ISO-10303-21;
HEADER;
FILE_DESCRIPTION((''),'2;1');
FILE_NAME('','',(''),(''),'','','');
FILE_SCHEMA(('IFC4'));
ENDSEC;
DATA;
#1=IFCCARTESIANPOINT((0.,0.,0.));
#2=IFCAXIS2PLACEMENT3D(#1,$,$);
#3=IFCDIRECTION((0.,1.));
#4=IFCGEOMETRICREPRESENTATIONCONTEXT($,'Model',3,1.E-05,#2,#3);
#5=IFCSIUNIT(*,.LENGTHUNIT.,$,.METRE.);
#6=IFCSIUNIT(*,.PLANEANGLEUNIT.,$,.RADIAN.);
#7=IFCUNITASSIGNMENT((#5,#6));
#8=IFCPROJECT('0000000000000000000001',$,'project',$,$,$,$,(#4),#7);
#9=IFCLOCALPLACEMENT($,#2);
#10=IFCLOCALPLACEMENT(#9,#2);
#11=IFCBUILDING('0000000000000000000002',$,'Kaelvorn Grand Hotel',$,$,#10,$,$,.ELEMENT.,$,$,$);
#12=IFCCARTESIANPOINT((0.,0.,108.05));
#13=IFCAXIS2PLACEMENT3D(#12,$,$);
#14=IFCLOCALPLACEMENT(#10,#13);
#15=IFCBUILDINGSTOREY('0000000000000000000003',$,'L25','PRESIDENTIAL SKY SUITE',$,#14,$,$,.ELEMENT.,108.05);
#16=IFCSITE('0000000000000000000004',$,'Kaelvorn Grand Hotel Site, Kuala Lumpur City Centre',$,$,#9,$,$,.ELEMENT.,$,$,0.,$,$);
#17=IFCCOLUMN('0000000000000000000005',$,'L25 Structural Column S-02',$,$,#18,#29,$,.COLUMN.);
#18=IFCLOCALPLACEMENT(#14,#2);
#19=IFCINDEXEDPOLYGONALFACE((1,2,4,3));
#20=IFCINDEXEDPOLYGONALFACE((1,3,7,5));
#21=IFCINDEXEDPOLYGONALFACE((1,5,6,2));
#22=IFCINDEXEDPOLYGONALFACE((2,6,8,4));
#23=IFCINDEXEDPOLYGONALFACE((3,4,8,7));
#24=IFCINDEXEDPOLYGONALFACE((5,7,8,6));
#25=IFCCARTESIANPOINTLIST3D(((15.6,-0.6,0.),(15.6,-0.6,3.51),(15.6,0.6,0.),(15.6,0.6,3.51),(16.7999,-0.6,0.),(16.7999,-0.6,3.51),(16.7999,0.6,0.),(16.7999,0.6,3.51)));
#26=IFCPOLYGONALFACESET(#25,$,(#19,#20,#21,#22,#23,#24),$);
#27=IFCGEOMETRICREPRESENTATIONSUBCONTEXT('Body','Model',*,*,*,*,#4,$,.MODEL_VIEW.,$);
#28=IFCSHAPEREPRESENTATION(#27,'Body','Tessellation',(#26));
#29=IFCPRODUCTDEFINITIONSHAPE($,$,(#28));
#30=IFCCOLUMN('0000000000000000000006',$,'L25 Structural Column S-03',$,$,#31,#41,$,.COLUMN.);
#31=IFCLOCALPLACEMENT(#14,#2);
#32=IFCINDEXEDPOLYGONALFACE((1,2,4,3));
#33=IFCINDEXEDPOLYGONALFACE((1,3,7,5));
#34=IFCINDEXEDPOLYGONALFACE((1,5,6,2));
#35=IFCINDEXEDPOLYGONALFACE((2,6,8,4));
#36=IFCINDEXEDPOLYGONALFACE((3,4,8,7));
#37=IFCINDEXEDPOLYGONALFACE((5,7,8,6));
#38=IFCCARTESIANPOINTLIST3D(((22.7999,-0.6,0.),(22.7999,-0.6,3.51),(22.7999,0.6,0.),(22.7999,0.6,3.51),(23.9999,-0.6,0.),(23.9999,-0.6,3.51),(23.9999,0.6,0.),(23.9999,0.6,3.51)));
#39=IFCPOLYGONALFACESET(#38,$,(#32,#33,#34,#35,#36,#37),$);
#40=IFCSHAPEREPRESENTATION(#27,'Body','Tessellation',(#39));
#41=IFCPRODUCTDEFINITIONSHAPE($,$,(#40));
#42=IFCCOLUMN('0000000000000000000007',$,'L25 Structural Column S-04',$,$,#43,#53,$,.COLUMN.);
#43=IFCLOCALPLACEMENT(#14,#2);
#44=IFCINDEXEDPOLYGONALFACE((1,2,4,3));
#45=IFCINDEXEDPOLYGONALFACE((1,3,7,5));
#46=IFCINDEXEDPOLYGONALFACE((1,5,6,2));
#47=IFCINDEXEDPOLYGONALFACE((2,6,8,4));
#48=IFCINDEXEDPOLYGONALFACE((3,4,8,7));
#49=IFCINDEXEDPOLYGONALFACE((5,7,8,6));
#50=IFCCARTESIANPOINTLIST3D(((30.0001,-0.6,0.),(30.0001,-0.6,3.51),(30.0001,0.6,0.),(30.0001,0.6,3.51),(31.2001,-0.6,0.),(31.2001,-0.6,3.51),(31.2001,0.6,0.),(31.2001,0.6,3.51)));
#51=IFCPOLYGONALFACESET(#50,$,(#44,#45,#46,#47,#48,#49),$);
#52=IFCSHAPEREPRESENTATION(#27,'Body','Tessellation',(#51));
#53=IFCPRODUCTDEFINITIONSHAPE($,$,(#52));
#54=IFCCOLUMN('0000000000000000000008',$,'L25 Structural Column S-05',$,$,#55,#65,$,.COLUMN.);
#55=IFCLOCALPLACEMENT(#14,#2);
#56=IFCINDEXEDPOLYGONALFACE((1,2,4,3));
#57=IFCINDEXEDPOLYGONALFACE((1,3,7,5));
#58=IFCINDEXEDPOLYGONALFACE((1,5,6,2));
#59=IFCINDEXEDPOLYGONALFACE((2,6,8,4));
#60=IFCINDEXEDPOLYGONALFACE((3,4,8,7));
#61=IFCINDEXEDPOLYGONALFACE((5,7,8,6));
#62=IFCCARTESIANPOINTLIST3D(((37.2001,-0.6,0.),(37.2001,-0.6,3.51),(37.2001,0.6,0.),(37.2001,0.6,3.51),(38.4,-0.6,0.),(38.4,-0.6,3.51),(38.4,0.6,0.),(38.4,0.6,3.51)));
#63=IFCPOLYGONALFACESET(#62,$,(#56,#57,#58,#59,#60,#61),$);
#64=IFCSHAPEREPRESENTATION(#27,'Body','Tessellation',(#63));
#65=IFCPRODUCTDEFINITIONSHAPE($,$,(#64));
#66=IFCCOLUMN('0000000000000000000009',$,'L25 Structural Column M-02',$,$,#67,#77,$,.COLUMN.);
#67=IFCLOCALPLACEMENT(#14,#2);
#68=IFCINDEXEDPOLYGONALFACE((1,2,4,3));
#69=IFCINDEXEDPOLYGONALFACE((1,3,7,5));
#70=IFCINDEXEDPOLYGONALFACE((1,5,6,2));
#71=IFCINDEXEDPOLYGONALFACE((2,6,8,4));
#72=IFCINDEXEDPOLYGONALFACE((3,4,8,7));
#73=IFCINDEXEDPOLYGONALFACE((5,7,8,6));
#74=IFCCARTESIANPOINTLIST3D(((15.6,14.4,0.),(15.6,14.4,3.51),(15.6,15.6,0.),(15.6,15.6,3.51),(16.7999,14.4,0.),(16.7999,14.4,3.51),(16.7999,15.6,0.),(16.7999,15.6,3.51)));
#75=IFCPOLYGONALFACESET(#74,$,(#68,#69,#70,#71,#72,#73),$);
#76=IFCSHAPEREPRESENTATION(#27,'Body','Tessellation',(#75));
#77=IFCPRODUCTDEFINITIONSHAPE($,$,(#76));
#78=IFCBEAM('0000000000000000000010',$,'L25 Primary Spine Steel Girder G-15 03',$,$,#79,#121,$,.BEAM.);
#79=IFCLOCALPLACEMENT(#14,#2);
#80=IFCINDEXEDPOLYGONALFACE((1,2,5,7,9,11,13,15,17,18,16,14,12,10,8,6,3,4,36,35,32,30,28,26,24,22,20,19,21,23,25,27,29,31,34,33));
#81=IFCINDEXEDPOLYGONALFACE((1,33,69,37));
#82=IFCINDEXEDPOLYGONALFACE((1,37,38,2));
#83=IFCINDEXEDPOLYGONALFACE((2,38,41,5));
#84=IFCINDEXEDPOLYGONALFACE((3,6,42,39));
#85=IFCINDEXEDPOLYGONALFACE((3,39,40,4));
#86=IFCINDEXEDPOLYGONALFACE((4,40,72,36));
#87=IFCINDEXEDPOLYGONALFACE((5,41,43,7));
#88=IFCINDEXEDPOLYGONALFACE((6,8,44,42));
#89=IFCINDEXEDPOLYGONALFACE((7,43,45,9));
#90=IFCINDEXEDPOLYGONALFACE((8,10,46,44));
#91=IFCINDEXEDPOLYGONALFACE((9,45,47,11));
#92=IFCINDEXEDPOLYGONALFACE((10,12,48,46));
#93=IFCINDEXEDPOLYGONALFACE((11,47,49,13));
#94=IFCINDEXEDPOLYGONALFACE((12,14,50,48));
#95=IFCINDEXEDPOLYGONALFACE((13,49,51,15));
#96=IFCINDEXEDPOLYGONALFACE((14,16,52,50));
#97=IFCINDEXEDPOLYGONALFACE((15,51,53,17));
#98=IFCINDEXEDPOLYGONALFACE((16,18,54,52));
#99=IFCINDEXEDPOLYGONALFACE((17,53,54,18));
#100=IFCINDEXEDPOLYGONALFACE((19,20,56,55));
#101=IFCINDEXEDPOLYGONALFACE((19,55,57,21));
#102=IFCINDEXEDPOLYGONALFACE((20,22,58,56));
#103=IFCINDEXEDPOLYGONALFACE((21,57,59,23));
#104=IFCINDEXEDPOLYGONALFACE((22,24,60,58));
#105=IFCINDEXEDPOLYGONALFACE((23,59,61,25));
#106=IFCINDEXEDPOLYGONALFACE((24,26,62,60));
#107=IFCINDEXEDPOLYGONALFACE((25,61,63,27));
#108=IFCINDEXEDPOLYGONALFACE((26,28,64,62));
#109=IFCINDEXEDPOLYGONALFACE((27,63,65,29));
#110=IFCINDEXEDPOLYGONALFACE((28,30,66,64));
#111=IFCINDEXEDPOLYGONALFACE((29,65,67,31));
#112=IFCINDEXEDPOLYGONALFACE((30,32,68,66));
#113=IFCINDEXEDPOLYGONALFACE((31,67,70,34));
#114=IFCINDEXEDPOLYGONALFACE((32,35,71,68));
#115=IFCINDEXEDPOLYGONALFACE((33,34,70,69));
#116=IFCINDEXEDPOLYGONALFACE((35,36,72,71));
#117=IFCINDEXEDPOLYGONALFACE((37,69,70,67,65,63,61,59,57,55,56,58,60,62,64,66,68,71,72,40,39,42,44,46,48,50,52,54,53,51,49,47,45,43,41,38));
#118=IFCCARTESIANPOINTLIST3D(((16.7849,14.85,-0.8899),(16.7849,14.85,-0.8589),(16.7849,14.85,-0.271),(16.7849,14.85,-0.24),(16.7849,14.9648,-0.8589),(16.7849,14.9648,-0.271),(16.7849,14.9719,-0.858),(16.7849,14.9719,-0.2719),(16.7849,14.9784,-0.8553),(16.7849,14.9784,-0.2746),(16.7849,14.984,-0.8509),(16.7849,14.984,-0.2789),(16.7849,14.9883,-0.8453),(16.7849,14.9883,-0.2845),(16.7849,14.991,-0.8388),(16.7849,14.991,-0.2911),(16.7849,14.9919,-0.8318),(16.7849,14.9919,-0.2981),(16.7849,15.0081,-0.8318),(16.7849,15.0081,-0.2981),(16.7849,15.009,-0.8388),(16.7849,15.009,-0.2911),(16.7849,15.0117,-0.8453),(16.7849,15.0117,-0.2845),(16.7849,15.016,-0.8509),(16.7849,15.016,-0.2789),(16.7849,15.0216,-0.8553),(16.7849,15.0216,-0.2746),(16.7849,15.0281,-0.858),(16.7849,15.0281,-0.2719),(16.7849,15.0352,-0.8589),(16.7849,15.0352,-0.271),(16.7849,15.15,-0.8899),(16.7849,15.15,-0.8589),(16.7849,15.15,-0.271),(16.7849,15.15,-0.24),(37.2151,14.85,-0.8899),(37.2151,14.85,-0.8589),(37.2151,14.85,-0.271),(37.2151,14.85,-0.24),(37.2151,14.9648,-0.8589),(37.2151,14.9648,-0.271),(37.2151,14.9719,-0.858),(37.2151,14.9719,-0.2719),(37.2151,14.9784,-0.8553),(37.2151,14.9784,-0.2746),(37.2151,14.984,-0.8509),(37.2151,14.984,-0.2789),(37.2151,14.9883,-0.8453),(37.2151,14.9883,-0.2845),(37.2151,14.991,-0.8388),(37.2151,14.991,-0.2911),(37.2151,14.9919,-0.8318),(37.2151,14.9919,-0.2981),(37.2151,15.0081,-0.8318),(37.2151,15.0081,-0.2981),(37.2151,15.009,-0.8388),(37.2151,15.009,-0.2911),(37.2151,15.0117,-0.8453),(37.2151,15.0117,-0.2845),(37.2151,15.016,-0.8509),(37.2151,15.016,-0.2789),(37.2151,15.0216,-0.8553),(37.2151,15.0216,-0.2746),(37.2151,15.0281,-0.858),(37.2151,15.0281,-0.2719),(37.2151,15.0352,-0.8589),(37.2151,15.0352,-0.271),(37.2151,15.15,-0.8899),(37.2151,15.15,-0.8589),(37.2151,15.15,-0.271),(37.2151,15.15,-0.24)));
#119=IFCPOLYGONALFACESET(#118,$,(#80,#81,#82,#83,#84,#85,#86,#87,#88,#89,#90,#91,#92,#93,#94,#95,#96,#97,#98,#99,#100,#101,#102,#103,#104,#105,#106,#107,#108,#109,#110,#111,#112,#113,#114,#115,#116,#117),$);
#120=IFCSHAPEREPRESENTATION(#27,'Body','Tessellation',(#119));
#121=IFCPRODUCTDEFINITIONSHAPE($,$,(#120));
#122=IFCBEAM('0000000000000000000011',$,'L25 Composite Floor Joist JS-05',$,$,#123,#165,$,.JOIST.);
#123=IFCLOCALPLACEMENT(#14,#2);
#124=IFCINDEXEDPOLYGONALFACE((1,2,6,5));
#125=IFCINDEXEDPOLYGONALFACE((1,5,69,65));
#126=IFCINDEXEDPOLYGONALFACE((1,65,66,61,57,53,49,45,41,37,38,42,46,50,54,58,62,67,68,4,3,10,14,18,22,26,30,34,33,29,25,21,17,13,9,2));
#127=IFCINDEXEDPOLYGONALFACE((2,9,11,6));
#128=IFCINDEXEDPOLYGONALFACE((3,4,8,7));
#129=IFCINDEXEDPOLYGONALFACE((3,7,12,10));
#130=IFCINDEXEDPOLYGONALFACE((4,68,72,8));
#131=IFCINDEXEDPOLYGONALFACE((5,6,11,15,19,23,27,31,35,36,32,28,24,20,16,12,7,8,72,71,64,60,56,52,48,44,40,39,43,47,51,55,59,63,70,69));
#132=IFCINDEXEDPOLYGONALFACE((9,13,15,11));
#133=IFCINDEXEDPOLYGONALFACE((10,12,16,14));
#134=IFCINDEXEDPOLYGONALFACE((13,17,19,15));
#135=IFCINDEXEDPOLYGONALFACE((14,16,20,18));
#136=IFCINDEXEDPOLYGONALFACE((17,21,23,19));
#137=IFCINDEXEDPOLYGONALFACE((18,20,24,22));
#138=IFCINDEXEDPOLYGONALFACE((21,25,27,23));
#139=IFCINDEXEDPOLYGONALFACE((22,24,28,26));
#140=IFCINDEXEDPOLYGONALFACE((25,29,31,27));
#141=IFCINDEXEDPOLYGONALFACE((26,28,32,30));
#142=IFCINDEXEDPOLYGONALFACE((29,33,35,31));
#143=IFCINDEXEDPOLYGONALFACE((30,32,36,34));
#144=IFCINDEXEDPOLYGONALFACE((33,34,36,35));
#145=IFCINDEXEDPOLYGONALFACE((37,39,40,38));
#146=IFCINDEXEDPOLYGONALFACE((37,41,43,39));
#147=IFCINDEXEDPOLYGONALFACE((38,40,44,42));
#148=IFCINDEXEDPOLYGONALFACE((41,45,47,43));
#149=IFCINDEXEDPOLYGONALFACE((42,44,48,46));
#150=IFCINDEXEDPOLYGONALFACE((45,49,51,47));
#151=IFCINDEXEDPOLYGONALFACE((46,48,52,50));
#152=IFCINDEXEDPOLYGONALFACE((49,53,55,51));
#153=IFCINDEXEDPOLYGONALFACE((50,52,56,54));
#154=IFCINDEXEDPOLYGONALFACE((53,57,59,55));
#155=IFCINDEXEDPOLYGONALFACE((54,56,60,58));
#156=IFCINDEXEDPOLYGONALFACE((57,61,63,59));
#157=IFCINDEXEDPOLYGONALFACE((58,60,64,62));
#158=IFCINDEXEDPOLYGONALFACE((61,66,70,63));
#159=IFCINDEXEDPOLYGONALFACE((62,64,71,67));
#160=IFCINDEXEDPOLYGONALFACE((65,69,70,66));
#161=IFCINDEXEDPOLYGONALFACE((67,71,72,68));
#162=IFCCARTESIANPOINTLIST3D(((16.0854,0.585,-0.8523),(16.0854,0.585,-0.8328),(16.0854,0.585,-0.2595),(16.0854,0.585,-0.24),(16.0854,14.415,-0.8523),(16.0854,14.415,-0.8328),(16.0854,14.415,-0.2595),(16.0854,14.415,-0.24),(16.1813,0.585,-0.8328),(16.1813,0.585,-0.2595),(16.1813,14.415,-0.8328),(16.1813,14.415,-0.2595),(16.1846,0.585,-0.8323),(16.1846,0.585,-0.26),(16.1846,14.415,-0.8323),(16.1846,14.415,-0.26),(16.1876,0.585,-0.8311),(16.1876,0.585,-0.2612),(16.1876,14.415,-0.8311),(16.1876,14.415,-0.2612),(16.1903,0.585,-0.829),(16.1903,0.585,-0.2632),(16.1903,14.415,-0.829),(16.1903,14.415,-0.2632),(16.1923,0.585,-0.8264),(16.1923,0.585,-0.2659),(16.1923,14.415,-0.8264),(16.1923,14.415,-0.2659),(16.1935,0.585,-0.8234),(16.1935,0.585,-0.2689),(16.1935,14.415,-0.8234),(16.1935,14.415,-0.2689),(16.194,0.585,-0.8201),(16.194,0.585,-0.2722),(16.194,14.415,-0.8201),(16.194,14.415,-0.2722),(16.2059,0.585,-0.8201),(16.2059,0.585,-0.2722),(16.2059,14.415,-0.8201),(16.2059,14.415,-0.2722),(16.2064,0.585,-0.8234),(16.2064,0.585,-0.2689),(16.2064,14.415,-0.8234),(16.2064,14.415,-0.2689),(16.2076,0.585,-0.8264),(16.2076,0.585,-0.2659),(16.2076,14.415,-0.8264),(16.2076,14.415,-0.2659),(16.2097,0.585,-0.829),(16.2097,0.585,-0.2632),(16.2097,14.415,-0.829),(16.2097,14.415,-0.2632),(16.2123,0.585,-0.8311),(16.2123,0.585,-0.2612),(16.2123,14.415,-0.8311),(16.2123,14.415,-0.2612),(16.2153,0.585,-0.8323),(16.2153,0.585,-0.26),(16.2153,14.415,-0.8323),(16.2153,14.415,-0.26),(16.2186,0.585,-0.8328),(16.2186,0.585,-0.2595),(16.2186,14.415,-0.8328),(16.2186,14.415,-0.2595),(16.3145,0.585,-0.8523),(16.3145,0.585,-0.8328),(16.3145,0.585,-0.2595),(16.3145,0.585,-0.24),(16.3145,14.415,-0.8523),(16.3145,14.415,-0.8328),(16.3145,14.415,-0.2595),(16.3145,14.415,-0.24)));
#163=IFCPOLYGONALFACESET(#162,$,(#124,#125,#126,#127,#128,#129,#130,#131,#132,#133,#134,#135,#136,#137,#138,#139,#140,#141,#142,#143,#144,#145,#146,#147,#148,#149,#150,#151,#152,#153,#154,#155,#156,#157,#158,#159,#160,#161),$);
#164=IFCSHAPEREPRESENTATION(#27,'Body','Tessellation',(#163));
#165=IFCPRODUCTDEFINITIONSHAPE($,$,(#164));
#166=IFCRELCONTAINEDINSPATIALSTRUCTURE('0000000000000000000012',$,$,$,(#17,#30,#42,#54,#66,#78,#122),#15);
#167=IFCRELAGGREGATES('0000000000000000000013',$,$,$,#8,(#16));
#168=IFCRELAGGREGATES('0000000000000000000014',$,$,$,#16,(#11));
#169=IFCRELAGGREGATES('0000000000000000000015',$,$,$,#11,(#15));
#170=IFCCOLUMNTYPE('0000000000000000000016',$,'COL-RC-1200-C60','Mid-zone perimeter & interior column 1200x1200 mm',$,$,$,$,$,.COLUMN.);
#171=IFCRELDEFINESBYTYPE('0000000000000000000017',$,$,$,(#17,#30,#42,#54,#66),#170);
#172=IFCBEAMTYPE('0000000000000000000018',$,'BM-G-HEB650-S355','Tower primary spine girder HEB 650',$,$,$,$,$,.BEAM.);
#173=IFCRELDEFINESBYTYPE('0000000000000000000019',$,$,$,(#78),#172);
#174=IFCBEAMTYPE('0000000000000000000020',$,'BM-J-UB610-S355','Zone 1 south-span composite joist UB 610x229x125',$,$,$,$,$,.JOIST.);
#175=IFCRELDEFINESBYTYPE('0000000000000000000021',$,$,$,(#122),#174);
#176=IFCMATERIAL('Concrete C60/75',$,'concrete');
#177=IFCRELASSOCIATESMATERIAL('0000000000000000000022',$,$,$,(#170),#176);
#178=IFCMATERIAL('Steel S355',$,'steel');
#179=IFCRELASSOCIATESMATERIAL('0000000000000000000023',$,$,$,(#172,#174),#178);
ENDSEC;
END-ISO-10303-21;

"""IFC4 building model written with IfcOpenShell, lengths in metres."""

from ifc_helpers import new_model, si_unit, direction, frame, origin, origin_2d, place, context, subcontext, project, spatial, rectangle, i_section, extrude, material, material_profile, profile_set, type_object, element, save


model = new_model("IFC4")

# Units and contexts
model_context = context("Model", 3, precision=1e-05, world=origin(), true_north=direction((0.0, 1.0)))
body_context = subcontext(model_context, "Body", "Model", "MODEL_VIEW")
ifc_project = project(units=[si_unit("LENGTHUNIT", "METRE"), si_unit("PLANEANGLEUNIT", "RADIAN")], contexts=[model_context])

# Site, building, storey
site_placement = place(None, origin())
site = spatial("IfcSite", under=ifc_project, at=site_placement, Name="Kaelvorn Grand Hotel Site, Kuala Lumpur City Centre", CompositionType="ELEMENT", RefElevation=0.0)
building_placement = place(site_placement, origin())
building = spatial("IfcBuilding", under=site, at=building_placement, Name="Kaelvorn Grand Hotel", CompositionType="ELEMENT")
storey_placement = place(building_placement, frame((0.0, 0.0, 108.05)))
storey = spatial("IfcBuildingStorey", under=building, at=storey_placement, Name="L25", Description="PRESIDENTIAL SKY SUITE", CompositionType="ELEMENT", Elevation=108.05)

# Columns
ifc_material_1 = material(Name="Concrete C60/75", Category="concrete")
ifc_material_profile_1 = material_profile(ifc_material_1, rectangle(XDim=1.2, YDim=1.2, at=origin_2d()), Name="RC COL 1200x1200")
ifc_profile_set_1 = profile_set([ifc_material_profile_1], Name="Concrete C60/75")
column_type = type_object("IfcColumnType", Name="COL-RC-1200-C60", Description="Mid-zone perimeter & interior column 1200x1200 mm", PredefinedType="COLUMN", material=ifc_profile_set_1)
for number, where, z_axis, x_axis, name in (
    (1, (16.2, 0.0, 0.0), (0.0, 0.0, 1.0), (1.0, 0.0, 0.0), "L25 Structural Column S-02"),
    (2, (23.3999, 0.0, 0.0), (0.0, 0.0, 1.0), (1.0, 0.0, 0.0), "L25 Structural Column S-03"),
    (3, (30.6001, 0.0, 0.0), (0.0, 0.0, 1.0), (1.0, 0.0, 0.0), "L25 Structural Column S-04"),
    (4, (37.8, 0.0, 0.0), (0.0, 0.0, 1.0), (1.0, 0.0, 0.0), "L25 Structural Column S-05"),
    (5, (16.2, 15.0, 0.0), (0.0, 0.0, 1.0), (1.0, 0.0, 0.0), "L25 Structural Column M-02"),
):
    element("IfcColumn", number, at=place(storey_placement, frame(where, z_axis=z_axis, x_axis=x_axis)), inside=storey, type_object=column_type, Name=name, PredefinedType="COLUMN", context=body_context, shape_type="SweptSolid", body=[
        extrude(rectangle(XDim=1.2, YDim=1.2, at=origin_2d()), origin(), (0.0, 0.0, 1.0), 3.51),
    ])

# Beams
ifc_material_2 = material(Name="Steel S355", Category="steel")
ifc_material_profile_2 = material_profile(ifc_material_2, i_section(OverallWidth=0.3, OverallDepth=0.6499, WebThickness=0.0161, FlangeThickness=0.031, FilletRadius=0.0271, at=origin_2d()), Name="HEB 650")
ifc_profile_set_2 = profile_set([ifc_material_profile_2], Name="Steel S355")
beam_type_1 = type_object("IfcBeamType", Name="BM-G-HEB650-S355", Description="Tower primary spine girder HEB 650", PredefinedType="BEAM", material=ifc_profile_set_2)
beam_1_placement = place(storey_placement, frame((16.7849, 15.0, -0.5649), z_axis=(1.0, 0.0, 0.0), x_axis=(0.0, 1.0, 0.0)))
element("IfcBeam", 6, at=beam_1_placement, inside=storey, type_object=beam_type_1, Name="L25 Primary Spine Steel Girder G-15 03", PredefinedType="BEAM", context=body_context, shape_type="SweptSolid", body=[
    extrude(i_section(OverallWidth=0.3, OverallDepth=0.6499, WebThickness=0.0161, FlangeThickness=0.031, FilletRadius=0.0271, at=origin_2d()), origin(), (0.0, 0.0, 1.0), 20.4302),
])
ifc_material_profile_3 = material_profile(ifc_material_2, i_section(OverallWidth=0.229, OverallDepth=0.6123, WebThickness=0.012, FlangeThickness=0.0195, FilletRadius=0.0127, at=origin_2d()), Name="UB 610x229x125")
ifc_profile_set_3 = profile_set([ifc_material_profile_3], Name="Steel S355")
beam_type_2 = type_object("IfcBeamType", Name="BM-J-UB610-S355", Description="Zone 1 south-span composite joist UB 610x229x125", PredefinedType="JOIST", material=ifc_profile_set_3)
beam_2_placement = place(storey_placement, frame((16.2, 0.585, -0.5461), z_axis=(0.0, 1.0, 0.0), x_axis=(-1.0, 0.0, 0.0)))
element("IfcBeam", 7, at=beam_2_placement, inside=storey, type_object=beam_type_2, Name="L25 Composite Floor Joist JS-05", PredefinedType="JOIST", context=body_context, shape_type="SweptSolid", body=[
    extrude(i_section(OverallWidth=0.229, OverallDepth=0.6123, WebThickness=0.012, FlangeThickness=0.0195, FilletRadius=0.0127, at=origin_2d()), origin(), (0.0, 0.0, 1.0), 13.8301),
])

save(model, "model.ifc")
